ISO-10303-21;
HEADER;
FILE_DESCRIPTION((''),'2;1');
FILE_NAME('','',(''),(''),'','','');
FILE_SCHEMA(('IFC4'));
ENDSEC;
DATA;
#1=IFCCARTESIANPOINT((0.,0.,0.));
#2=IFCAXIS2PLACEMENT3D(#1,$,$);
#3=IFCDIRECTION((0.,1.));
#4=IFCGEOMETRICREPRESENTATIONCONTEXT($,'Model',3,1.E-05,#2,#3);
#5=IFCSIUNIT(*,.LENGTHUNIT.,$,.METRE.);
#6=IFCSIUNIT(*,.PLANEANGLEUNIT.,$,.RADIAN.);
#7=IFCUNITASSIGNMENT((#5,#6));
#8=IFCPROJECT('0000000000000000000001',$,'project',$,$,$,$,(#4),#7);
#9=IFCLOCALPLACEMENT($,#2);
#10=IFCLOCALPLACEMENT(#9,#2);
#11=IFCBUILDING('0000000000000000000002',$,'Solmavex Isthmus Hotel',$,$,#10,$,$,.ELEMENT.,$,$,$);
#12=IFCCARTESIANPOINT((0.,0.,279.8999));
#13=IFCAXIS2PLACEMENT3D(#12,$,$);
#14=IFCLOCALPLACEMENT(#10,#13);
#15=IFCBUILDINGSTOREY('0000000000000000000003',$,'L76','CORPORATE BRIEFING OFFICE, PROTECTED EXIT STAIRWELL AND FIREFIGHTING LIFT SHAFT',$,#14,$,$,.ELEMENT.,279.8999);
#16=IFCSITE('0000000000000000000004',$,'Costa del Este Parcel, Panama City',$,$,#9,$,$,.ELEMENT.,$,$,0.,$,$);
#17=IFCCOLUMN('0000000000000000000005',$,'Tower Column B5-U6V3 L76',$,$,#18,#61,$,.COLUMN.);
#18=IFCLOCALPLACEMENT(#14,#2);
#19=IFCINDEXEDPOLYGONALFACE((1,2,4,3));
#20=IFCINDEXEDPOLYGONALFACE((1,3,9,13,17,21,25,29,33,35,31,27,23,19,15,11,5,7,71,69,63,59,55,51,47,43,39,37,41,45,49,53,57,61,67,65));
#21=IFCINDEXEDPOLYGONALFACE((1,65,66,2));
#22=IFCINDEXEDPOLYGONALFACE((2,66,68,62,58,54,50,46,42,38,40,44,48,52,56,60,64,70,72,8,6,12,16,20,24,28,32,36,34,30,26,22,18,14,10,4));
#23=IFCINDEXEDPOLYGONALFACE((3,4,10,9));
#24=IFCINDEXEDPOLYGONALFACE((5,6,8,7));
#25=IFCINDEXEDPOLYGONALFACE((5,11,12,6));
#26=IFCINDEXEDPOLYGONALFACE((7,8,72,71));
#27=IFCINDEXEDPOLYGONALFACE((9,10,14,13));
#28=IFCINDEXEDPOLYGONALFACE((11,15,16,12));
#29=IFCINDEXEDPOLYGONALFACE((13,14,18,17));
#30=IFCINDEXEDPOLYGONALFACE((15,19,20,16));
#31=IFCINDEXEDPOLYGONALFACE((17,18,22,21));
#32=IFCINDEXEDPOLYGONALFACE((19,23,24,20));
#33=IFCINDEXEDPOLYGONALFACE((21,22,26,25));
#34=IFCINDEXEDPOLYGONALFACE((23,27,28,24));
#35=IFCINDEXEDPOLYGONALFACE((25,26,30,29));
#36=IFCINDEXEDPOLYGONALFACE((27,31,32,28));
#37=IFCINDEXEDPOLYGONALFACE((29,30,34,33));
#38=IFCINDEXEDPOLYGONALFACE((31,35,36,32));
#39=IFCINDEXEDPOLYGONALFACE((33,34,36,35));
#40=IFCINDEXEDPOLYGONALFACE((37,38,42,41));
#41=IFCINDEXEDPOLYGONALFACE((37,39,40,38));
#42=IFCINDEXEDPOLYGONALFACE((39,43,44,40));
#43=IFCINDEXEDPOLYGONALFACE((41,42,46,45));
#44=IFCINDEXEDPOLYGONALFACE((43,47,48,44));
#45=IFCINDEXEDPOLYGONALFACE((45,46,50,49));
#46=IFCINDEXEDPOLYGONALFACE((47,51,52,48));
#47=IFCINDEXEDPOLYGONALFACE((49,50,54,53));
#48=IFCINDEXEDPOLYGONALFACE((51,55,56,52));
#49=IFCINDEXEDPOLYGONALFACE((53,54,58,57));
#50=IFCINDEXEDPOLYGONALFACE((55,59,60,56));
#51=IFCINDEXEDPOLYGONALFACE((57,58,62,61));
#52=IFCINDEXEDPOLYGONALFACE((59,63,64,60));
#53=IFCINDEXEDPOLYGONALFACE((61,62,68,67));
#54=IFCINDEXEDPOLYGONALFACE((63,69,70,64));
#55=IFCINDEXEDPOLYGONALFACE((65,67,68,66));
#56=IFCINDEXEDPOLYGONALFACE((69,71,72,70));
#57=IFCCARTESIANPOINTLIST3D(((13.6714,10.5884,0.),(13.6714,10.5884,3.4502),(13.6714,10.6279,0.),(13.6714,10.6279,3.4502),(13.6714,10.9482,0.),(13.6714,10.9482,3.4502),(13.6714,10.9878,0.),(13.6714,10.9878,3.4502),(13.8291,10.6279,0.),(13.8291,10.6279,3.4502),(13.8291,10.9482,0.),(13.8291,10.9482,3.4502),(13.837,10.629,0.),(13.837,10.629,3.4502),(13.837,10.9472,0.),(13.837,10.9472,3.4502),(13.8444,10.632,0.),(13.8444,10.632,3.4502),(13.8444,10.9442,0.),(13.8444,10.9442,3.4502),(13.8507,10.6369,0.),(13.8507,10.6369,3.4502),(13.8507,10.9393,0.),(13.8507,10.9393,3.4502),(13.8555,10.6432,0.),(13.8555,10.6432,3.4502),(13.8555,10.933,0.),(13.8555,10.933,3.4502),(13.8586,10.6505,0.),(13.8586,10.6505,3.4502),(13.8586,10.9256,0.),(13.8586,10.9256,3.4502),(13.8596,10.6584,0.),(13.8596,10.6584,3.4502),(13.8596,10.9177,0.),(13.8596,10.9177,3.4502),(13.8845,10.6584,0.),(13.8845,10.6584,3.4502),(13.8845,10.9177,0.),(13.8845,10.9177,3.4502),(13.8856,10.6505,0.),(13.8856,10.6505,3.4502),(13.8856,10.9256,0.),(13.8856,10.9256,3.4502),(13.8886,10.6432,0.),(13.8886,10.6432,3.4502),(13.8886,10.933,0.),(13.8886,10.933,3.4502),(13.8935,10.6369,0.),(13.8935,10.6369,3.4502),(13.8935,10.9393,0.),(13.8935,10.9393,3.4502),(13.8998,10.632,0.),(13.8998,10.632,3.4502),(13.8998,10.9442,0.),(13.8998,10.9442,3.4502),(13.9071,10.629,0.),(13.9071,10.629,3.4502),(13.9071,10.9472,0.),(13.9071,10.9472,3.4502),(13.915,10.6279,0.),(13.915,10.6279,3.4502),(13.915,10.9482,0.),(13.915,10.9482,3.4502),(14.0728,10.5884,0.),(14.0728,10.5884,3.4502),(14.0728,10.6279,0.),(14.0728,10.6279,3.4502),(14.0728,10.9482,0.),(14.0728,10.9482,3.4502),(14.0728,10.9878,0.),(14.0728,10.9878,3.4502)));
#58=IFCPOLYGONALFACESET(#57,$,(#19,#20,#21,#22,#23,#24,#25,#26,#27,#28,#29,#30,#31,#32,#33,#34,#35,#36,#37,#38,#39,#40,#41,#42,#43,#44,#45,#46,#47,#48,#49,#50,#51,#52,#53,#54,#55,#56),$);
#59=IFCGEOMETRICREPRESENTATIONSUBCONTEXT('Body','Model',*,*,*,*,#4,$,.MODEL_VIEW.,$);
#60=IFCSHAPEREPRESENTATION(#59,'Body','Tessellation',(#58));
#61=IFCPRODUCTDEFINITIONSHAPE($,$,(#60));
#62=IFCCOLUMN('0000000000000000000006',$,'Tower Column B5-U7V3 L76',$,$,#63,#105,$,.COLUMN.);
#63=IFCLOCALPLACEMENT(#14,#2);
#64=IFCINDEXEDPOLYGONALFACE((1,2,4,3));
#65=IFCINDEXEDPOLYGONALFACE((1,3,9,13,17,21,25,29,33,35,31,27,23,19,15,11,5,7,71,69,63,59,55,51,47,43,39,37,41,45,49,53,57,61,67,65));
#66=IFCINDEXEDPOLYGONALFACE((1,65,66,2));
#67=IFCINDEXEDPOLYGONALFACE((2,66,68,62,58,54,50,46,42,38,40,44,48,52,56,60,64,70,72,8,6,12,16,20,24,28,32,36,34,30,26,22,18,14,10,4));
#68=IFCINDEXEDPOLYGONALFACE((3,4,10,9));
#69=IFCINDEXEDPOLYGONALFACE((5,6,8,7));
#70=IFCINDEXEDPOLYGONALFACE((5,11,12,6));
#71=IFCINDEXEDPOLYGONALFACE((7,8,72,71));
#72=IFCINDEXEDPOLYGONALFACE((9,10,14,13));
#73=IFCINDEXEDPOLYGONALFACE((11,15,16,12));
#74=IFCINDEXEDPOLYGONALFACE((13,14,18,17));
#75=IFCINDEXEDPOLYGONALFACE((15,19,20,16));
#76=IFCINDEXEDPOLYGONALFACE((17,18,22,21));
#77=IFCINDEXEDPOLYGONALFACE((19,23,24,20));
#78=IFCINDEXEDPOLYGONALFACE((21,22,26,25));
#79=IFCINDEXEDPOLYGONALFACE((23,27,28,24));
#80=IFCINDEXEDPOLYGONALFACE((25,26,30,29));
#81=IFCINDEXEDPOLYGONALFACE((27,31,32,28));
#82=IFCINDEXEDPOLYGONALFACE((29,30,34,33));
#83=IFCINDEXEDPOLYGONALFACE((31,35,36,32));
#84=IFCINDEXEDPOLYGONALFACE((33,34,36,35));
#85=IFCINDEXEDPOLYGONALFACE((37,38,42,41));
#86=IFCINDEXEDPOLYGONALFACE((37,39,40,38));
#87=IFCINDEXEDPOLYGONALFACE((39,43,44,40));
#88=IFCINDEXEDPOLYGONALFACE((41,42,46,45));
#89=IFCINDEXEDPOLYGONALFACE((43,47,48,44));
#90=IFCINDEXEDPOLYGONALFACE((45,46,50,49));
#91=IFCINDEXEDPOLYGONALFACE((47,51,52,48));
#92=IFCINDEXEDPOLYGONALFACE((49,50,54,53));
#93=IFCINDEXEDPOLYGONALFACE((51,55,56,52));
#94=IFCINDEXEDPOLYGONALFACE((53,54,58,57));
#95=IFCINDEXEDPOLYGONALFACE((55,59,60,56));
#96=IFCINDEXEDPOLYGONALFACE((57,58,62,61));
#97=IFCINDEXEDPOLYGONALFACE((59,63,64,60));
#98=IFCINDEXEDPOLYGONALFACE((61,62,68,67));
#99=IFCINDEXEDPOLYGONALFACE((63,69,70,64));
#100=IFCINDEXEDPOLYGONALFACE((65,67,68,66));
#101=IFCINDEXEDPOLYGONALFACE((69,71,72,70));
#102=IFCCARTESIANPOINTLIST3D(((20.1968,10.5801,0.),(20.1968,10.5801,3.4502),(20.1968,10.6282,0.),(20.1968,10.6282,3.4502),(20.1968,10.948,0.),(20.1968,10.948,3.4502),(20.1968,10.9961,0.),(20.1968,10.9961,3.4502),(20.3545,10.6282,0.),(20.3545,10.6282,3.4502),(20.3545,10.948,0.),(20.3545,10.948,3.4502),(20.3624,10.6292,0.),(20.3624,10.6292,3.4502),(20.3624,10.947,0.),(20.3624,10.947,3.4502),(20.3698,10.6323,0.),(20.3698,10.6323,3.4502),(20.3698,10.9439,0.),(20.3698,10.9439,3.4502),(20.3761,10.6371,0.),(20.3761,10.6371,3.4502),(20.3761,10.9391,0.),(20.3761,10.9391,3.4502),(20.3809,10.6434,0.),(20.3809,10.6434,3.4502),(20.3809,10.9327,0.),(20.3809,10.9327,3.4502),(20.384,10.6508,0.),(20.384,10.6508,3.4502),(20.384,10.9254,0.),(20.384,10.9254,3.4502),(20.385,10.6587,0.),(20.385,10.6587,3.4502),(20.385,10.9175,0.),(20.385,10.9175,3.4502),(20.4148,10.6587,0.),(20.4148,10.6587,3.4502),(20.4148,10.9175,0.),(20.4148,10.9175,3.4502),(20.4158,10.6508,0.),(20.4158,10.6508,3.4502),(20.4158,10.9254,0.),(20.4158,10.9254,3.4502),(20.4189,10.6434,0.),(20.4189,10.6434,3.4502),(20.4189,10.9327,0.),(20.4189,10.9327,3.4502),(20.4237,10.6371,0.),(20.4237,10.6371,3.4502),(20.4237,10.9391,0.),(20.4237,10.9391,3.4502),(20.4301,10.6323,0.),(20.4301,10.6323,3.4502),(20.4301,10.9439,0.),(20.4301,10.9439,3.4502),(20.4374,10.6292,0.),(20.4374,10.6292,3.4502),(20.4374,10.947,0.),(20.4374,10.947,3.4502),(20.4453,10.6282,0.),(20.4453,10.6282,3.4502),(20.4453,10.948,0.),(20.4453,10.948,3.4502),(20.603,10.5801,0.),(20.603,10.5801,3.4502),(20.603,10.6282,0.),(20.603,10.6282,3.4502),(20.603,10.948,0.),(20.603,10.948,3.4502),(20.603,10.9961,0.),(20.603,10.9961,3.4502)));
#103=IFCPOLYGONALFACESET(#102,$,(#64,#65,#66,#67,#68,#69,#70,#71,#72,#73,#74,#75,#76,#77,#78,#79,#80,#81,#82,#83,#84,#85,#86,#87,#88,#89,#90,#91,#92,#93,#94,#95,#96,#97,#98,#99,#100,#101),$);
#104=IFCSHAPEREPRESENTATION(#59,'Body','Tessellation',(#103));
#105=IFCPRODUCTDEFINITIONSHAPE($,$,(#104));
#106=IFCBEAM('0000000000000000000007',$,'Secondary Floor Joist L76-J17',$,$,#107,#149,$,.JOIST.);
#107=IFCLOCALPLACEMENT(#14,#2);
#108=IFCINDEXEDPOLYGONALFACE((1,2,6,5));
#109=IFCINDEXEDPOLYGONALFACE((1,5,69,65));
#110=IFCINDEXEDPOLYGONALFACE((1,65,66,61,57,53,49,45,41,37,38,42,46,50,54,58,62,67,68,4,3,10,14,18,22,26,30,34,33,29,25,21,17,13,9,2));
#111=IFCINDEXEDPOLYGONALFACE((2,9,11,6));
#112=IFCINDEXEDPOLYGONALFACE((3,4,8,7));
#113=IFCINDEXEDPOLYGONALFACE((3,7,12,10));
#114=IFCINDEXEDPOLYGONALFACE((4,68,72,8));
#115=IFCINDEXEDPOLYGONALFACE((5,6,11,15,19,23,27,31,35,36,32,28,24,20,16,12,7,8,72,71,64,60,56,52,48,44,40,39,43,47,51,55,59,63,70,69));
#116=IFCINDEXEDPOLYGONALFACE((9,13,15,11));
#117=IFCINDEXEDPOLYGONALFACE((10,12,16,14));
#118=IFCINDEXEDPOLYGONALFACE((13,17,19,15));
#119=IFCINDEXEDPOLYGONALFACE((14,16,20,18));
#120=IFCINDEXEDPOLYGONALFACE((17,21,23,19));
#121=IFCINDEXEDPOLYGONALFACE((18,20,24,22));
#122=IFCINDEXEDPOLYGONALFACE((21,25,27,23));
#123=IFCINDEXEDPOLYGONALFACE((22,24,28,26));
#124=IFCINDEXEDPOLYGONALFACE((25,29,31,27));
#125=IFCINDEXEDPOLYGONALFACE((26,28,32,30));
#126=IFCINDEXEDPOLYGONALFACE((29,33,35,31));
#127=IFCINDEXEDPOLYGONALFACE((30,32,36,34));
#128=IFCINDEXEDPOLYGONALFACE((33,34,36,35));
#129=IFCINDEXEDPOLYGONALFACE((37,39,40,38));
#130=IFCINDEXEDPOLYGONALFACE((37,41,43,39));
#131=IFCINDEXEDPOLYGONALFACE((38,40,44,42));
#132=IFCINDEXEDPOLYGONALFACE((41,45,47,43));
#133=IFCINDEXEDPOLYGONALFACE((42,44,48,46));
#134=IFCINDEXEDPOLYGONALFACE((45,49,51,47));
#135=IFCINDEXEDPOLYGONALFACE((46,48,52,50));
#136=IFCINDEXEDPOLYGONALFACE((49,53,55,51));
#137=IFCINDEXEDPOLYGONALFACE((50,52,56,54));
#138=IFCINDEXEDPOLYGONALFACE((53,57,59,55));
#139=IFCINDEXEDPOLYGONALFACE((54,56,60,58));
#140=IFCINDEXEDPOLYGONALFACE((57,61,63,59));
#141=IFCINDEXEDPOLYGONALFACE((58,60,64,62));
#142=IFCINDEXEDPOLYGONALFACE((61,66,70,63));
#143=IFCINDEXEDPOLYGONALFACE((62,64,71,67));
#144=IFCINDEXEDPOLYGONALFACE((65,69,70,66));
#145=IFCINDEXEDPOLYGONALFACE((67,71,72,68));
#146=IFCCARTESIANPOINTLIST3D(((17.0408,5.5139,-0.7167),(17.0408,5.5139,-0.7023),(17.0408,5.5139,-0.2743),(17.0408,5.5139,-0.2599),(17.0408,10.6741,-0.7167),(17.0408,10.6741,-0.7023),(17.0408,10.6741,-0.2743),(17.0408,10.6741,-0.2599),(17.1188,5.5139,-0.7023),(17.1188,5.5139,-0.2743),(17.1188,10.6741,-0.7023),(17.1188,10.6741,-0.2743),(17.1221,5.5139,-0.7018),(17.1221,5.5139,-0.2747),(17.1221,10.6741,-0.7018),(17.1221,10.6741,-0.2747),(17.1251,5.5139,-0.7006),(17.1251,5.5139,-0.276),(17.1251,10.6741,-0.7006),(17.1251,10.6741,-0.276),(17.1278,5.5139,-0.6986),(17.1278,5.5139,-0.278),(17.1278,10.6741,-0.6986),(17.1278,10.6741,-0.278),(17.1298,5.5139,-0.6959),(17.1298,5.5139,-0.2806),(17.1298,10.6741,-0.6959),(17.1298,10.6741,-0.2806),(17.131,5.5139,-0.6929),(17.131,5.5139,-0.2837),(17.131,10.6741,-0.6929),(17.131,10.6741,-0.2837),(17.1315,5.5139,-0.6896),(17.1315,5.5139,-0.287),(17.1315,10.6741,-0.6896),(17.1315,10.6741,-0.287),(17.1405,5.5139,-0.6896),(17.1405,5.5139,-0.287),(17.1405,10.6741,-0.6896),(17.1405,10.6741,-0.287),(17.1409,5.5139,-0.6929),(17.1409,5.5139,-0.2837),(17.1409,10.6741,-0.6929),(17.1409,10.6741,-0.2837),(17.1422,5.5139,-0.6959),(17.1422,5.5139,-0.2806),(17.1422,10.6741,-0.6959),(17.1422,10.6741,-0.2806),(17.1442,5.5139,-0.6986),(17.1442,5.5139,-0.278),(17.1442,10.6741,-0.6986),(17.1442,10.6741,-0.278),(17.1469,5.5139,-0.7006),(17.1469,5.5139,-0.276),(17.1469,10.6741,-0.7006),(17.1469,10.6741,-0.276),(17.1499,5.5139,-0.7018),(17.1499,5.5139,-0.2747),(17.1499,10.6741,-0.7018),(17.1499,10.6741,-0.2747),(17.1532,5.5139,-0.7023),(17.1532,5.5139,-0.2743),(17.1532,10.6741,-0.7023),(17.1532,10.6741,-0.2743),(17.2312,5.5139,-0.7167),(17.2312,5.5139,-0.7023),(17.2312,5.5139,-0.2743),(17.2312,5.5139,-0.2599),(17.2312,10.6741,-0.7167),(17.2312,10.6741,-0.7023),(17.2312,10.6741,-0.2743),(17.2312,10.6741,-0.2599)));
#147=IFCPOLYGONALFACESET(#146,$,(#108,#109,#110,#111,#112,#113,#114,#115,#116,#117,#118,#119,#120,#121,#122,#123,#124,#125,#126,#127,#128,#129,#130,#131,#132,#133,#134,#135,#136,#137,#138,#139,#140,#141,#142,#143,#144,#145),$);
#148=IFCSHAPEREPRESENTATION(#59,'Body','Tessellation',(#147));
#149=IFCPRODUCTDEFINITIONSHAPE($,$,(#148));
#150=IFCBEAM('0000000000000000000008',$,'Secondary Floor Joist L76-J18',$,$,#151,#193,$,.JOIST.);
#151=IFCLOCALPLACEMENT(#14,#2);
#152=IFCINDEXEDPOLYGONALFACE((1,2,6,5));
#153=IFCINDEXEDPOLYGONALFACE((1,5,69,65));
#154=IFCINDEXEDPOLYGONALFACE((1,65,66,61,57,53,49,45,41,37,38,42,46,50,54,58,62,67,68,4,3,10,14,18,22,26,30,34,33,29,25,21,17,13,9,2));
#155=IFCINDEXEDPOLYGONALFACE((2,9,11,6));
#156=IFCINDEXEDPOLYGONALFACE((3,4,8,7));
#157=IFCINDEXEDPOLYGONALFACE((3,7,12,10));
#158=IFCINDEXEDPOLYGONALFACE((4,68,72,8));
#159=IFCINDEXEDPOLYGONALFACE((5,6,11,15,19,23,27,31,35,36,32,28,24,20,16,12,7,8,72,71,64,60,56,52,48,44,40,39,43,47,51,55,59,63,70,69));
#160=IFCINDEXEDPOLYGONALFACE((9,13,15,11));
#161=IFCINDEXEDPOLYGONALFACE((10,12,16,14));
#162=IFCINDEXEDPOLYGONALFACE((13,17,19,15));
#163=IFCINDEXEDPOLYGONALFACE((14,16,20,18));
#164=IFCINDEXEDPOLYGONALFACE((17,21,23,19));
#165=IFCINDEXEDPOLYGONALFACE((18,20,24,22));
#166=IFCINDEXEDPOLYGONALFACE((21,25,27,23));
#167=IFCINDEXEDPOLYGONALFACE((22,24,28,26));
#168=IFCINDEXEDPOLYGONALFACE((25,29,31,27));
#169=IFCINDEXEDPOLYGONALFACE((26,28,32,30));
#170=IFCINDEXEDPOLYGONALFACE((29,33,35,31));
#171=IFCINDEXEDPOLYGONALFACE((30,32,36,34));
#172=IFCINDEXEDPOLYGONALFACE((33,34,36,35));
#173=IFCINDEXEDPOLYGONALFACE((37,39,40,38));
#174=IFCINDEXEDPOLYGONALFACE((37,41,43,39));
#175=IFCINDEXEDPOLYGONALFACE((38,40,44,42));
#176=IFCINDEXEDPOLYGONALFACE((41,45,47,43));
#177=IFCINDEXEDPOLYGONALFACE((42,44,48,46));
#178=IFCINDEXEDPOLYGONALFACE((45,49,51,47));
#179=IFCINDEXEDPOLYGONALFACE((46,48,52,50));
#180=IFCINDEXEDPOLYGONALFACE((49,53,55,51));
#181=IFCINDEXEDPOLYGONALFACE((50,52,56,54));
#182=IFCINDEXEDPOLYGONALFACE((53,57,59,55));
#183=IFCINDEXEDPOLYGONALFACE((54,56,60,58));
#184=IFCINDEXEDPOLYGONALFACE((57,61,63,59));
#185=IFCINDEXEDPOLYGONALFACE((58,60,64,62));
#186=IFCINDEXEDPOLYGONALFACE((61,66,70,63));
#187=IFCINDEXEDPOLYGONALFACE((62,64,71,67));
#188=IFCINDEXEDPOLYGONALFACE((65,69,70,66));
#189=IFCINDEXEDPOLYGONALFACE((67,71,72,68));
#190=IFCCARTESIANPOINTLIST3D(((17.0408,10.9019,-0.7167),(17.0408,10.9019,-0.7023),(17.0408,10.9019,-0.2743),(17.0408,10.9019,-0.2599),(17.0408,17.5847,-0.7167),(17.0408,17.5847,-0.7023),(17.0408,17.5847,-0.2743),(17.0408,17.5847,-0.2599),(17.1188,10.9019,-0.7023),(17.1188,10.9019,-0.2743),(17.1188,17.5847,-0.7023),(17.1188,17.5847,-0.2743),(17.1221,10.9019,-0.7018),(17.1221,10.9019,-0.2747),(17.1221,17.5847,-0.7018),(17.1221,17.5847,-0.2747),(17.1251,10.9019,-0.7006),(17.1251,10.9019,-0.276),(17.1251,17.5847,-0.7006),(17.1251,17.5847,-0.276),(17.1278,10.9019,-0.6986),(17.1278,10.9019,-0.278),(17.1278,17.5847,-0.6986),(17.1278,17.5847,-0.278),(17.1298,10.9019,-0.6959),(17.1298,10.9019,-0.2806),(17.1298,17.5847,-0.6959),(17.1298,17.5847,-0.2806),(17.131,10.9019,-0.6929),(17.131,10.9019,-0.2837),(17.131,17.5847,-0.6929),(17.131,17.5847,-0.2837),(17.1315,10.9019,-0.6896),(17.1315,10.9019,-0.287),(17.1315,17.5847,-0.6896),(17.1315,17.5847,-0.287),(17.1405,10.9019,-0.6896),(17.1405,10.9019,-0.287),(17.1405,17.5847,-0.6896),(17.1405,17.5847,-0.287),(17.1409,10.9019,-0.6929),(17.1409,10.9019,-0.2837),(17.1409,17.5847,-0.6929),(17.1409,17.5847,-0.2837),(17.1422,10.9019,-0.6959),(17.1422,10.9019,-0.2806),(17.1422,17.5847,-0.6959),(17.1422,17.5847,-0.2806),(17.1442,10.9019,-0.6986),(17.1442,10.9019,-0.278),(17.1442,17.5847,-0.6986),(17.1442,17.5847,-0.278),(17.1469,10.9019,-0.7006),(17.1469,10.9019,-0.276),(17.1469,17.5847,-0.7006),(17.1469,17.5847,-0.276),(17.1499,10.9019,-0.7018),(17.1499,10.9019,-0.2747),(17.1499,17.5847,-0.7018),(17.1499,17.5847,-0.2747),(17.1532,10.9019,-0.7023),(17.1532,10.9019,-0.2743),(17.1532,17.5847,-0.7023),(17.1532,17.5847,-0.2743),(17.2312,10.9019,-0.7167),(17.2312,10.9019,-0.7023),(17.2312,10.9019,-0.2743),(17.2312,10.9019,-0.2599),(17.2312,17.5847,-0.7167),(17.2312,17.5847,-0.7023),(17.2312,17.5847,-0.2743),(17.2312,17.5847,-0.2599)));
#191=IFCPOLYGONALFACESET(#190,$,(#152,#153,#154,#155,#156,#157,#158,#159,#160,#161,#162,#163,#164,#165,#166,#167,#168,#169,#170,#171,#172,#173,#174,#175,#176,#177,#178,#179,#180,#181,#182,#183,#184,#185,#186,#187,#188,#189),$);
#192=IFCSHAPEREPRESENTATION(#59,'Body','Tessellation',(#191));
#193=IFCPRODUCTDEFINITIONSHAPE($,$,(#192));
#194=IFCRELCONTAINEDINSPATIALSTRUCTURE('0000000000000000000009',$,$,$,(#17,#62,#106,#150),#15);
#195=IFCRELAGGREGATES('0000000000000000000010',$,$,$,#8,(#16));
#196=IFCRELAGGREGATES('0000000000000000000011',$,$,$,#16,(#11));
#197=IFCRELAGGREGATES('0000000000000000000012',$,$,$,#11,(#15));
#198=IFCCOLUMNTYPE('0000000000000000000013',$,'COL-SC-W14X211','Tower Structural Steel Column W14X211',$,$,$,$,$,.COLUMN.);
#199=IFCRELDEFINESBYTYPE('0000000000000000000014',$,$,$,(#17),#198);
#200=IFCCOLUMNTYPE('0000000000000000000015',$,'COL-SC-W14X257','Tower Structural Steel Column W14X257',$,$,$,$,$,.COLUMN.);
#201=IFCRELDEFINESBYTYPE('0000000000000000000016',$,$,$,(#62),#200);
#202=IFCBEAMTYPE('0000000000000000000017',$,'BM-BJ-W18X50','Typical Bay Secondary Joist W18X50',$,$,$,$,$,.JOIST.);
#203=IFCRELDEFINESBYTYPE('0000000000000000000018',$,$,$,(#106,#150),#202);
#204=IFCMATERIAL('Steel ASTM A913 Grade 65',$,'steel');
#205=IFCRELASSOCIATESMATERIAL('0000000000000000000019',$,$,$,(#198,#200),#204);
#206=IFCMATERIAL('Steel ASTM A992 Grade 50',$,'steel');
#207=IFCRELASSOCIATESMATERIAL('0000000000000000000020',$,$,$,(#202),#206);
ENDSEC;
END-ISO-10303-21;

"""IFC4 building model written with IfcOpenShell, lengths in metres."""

from ifc_helpers import new_model, si_unit, direction, frame, origin, origin_2d, place, context, subcontext, project, spatial, i_section, extrude, material, material_profile, profile_set, type_object, element, save


model = new_model("IFC4")

# Units and contexts
model_context = context("Model", 3, precision=1e-05, world=origin(), true_north=direction((0.0, 1.0)))
body_context = subcontext(model_context, "Body", "Model", "MODEL_VIEW")
ifc_project = project(units=[si_unit("LENGTHUNIT", "METRE"), si_unit("PLANEANGLEUNIT", "RADIAN")], contexts=[model_context])

# Site, building, storey
site_placement = place(None, origin())
site = spatial("IfcSite", under=ifc_project, at=site_placement, Name="Costa del Este Parcel, Panama City", CompositionType="ELEMENT", RefElevation=0.0)
building_placement = place(site_placement, origin())
building = spatial("IfcBuilding", under=site, at=building_placement, Name="Solmavex Isthmus Hotel", CompositionType="ELEMENT")
storey_placement = place(building_placement, frame((0.0, 0.0, 279.8999)))
storey = spatial("IfcBuildingStorey", under=building, at=storey_placement, Name="L76", Description="CORPORATE BRIEFING OFFICE, PROTECTED EXIT STAIRWELL AND FIREFIGHTING LIFT SHAFT", CompositionType="ELEMENT", Elevation=279.8999)

# Columns
ifc_material_1 = material(Name="Steel ASTM A913 Grade 65", Category="steel")
ifc_material_profile_1 = material_profile(ifc_material_1, i_section(OverallWidth=0.4014, OverallDepth=0.3994, WebThickness=0.0249, FlangeThickness=0.0396, FilletRadius=0.0305, at=origin_2d()), Name="W14X211")
ifc_profile_set_1 = profile_set([ifc_material_profile_1], Name="Steel ASTM A913 Grade 65")
column_type_1 = type_object("IfcColumnType", Name="COL-SC-W14X211", Description="Tower Structural Steel Column W14X211", PredefinedType="COLUMN", material=ifc_profile_set_1)
column_1_placement = place(storey_placement, frame((13.8721, 10.7881, 0.0), z_axis=(0.0, 0.0, 1.0), x_axis=(1.0, 0.0, 0.0)))
element("IfcColumn", 1, at=column_1_placement, inside=storey, type_object=column_type_1, Name="Tower Column B5-U6V3 L76", PredefinedType="COLUMN", context=body_context, shape_type="SweptSolid", body=[
    extrude(i_section(OverallWidth=0.4014, OverallDepth=0.3994, WebThickness=0.0249, FlangeThickness=0.0396, FilletRadius=0.0305, at=origin_2d()), origin(), (0.0, 0.0, 1.0), 3.4502),
])
ifc_material_profile_2 = material_profile(ifc_material_1, i_section(OverallWidth=0.4062, OverallDepth=0.416, WebThickness=0.0298, FlangeThickness=0.0481, FilletRadius=0.0305, at=origin_2d()), Name="W14X257")
ifc_profile_set_2 = profile_set([ifc_material_profile_2], Name="Steel ASTM A913 Grade 65")
column_type_2 = type_object("IfcColumnType", Name="COL-SC-W14X257", Description="Tower Structural Steel Column W14X257", PredefinedType="COLUMN", material=ifc_profile_set_2)
column_2_placement = place(storey_placement, frame((20.3999, 10.7881, 0.0), z_axis=(0.0, 0.0, 1.0), x_axis=(1.0, 0.0, 0.0)))
element("IfcColumn", 2, at=column_2_placement, inside=storey, type_object=column_type_2, Name="Tower Column B5-U7V3 L76", PredefinedType="COLUMN", context=body_context, shape_type="SweptSolid", body=[
    extrude(i_section(OverallWidth=0.4062, OverallDepth=0.416, WebThickness=0.0298, FlangeThickness=0.0481, FilletRadius=0.0305, at=origin_2d()), origin(), (0.0, 0.0, 1.0), 3.4502),
])

# Beams
ifc_material_2 = material(Name="Steel ASTM A992 Grade 50", Category="steel")
ifc_material_profile_3 = material_profile(ifc_material_2, i_section(OverallWidth=0.1904, OverallDepth=0.4568, WebThickness=0.009, FlangeThickness=0.0144, FilletRadius=0.0127, at=origin_2d()), Name="W18X50")
ifc_profile_set_3 = profile_set([ifc_material_profile_3], Name="Steel ASTM A992 Grade 50")
beam_type_1 = type_object("IfcBeamType", Name="BM-BJ-W18X50", Description="Typical Bay Secondary Joist W18X50", PredefinedType="JOIST", material=ifc_profile_set_3)
beam_1_placement = place(storey_placement, frame((17.136, 5.5139, -0.4883), z_axis=(0.0, 1.0, 0.0), x_axis=(-1.0, 0.0, 0.0)))
element("IfcBeam", 3, at=beam_1_placement, inside=storey, type_object=beam_type_1, Name="Secondary Floor Joist L76-J17", PredefinedType="JOIST", context=body_context, shape_type="SweptSolid", body=[
    extrude(i_section(OverallWidth=0.1904, OverallDepth=0.4568, WebThickness=0.009, FlangeThickness=0.0144, FilletRadius=0.0127, at=origin_2d()), origin(), (0.0, 0.0, 1.0), 5.1602),
])
beam_2_placement = place(storey_placement, frame((17.136, 10.9019, -0.4883), z_axis=(0.0, 1.0, 0.0), x_axis=(-1.0, 0.0, 0.0)))
element("IfcBeam", 4, at=beam_2_placement, inside=storey, type_object=beam_type_1, Name="Secondary Floor Joist L76-J18", PredefinedType="JOIST", context=body_context, shape_type="SweptSolid", body=[
    extrude(i_section(OverallWidth=0.1904, OverallDepth=0.4568, WebThickness=0.009, FlangeThickness=0.0144, FilletRadius=0.0127, at=origin_2d()), origin(), (0.0, 0.0, 1.0), 6.6829),
])

save(model, "model.ifc")
